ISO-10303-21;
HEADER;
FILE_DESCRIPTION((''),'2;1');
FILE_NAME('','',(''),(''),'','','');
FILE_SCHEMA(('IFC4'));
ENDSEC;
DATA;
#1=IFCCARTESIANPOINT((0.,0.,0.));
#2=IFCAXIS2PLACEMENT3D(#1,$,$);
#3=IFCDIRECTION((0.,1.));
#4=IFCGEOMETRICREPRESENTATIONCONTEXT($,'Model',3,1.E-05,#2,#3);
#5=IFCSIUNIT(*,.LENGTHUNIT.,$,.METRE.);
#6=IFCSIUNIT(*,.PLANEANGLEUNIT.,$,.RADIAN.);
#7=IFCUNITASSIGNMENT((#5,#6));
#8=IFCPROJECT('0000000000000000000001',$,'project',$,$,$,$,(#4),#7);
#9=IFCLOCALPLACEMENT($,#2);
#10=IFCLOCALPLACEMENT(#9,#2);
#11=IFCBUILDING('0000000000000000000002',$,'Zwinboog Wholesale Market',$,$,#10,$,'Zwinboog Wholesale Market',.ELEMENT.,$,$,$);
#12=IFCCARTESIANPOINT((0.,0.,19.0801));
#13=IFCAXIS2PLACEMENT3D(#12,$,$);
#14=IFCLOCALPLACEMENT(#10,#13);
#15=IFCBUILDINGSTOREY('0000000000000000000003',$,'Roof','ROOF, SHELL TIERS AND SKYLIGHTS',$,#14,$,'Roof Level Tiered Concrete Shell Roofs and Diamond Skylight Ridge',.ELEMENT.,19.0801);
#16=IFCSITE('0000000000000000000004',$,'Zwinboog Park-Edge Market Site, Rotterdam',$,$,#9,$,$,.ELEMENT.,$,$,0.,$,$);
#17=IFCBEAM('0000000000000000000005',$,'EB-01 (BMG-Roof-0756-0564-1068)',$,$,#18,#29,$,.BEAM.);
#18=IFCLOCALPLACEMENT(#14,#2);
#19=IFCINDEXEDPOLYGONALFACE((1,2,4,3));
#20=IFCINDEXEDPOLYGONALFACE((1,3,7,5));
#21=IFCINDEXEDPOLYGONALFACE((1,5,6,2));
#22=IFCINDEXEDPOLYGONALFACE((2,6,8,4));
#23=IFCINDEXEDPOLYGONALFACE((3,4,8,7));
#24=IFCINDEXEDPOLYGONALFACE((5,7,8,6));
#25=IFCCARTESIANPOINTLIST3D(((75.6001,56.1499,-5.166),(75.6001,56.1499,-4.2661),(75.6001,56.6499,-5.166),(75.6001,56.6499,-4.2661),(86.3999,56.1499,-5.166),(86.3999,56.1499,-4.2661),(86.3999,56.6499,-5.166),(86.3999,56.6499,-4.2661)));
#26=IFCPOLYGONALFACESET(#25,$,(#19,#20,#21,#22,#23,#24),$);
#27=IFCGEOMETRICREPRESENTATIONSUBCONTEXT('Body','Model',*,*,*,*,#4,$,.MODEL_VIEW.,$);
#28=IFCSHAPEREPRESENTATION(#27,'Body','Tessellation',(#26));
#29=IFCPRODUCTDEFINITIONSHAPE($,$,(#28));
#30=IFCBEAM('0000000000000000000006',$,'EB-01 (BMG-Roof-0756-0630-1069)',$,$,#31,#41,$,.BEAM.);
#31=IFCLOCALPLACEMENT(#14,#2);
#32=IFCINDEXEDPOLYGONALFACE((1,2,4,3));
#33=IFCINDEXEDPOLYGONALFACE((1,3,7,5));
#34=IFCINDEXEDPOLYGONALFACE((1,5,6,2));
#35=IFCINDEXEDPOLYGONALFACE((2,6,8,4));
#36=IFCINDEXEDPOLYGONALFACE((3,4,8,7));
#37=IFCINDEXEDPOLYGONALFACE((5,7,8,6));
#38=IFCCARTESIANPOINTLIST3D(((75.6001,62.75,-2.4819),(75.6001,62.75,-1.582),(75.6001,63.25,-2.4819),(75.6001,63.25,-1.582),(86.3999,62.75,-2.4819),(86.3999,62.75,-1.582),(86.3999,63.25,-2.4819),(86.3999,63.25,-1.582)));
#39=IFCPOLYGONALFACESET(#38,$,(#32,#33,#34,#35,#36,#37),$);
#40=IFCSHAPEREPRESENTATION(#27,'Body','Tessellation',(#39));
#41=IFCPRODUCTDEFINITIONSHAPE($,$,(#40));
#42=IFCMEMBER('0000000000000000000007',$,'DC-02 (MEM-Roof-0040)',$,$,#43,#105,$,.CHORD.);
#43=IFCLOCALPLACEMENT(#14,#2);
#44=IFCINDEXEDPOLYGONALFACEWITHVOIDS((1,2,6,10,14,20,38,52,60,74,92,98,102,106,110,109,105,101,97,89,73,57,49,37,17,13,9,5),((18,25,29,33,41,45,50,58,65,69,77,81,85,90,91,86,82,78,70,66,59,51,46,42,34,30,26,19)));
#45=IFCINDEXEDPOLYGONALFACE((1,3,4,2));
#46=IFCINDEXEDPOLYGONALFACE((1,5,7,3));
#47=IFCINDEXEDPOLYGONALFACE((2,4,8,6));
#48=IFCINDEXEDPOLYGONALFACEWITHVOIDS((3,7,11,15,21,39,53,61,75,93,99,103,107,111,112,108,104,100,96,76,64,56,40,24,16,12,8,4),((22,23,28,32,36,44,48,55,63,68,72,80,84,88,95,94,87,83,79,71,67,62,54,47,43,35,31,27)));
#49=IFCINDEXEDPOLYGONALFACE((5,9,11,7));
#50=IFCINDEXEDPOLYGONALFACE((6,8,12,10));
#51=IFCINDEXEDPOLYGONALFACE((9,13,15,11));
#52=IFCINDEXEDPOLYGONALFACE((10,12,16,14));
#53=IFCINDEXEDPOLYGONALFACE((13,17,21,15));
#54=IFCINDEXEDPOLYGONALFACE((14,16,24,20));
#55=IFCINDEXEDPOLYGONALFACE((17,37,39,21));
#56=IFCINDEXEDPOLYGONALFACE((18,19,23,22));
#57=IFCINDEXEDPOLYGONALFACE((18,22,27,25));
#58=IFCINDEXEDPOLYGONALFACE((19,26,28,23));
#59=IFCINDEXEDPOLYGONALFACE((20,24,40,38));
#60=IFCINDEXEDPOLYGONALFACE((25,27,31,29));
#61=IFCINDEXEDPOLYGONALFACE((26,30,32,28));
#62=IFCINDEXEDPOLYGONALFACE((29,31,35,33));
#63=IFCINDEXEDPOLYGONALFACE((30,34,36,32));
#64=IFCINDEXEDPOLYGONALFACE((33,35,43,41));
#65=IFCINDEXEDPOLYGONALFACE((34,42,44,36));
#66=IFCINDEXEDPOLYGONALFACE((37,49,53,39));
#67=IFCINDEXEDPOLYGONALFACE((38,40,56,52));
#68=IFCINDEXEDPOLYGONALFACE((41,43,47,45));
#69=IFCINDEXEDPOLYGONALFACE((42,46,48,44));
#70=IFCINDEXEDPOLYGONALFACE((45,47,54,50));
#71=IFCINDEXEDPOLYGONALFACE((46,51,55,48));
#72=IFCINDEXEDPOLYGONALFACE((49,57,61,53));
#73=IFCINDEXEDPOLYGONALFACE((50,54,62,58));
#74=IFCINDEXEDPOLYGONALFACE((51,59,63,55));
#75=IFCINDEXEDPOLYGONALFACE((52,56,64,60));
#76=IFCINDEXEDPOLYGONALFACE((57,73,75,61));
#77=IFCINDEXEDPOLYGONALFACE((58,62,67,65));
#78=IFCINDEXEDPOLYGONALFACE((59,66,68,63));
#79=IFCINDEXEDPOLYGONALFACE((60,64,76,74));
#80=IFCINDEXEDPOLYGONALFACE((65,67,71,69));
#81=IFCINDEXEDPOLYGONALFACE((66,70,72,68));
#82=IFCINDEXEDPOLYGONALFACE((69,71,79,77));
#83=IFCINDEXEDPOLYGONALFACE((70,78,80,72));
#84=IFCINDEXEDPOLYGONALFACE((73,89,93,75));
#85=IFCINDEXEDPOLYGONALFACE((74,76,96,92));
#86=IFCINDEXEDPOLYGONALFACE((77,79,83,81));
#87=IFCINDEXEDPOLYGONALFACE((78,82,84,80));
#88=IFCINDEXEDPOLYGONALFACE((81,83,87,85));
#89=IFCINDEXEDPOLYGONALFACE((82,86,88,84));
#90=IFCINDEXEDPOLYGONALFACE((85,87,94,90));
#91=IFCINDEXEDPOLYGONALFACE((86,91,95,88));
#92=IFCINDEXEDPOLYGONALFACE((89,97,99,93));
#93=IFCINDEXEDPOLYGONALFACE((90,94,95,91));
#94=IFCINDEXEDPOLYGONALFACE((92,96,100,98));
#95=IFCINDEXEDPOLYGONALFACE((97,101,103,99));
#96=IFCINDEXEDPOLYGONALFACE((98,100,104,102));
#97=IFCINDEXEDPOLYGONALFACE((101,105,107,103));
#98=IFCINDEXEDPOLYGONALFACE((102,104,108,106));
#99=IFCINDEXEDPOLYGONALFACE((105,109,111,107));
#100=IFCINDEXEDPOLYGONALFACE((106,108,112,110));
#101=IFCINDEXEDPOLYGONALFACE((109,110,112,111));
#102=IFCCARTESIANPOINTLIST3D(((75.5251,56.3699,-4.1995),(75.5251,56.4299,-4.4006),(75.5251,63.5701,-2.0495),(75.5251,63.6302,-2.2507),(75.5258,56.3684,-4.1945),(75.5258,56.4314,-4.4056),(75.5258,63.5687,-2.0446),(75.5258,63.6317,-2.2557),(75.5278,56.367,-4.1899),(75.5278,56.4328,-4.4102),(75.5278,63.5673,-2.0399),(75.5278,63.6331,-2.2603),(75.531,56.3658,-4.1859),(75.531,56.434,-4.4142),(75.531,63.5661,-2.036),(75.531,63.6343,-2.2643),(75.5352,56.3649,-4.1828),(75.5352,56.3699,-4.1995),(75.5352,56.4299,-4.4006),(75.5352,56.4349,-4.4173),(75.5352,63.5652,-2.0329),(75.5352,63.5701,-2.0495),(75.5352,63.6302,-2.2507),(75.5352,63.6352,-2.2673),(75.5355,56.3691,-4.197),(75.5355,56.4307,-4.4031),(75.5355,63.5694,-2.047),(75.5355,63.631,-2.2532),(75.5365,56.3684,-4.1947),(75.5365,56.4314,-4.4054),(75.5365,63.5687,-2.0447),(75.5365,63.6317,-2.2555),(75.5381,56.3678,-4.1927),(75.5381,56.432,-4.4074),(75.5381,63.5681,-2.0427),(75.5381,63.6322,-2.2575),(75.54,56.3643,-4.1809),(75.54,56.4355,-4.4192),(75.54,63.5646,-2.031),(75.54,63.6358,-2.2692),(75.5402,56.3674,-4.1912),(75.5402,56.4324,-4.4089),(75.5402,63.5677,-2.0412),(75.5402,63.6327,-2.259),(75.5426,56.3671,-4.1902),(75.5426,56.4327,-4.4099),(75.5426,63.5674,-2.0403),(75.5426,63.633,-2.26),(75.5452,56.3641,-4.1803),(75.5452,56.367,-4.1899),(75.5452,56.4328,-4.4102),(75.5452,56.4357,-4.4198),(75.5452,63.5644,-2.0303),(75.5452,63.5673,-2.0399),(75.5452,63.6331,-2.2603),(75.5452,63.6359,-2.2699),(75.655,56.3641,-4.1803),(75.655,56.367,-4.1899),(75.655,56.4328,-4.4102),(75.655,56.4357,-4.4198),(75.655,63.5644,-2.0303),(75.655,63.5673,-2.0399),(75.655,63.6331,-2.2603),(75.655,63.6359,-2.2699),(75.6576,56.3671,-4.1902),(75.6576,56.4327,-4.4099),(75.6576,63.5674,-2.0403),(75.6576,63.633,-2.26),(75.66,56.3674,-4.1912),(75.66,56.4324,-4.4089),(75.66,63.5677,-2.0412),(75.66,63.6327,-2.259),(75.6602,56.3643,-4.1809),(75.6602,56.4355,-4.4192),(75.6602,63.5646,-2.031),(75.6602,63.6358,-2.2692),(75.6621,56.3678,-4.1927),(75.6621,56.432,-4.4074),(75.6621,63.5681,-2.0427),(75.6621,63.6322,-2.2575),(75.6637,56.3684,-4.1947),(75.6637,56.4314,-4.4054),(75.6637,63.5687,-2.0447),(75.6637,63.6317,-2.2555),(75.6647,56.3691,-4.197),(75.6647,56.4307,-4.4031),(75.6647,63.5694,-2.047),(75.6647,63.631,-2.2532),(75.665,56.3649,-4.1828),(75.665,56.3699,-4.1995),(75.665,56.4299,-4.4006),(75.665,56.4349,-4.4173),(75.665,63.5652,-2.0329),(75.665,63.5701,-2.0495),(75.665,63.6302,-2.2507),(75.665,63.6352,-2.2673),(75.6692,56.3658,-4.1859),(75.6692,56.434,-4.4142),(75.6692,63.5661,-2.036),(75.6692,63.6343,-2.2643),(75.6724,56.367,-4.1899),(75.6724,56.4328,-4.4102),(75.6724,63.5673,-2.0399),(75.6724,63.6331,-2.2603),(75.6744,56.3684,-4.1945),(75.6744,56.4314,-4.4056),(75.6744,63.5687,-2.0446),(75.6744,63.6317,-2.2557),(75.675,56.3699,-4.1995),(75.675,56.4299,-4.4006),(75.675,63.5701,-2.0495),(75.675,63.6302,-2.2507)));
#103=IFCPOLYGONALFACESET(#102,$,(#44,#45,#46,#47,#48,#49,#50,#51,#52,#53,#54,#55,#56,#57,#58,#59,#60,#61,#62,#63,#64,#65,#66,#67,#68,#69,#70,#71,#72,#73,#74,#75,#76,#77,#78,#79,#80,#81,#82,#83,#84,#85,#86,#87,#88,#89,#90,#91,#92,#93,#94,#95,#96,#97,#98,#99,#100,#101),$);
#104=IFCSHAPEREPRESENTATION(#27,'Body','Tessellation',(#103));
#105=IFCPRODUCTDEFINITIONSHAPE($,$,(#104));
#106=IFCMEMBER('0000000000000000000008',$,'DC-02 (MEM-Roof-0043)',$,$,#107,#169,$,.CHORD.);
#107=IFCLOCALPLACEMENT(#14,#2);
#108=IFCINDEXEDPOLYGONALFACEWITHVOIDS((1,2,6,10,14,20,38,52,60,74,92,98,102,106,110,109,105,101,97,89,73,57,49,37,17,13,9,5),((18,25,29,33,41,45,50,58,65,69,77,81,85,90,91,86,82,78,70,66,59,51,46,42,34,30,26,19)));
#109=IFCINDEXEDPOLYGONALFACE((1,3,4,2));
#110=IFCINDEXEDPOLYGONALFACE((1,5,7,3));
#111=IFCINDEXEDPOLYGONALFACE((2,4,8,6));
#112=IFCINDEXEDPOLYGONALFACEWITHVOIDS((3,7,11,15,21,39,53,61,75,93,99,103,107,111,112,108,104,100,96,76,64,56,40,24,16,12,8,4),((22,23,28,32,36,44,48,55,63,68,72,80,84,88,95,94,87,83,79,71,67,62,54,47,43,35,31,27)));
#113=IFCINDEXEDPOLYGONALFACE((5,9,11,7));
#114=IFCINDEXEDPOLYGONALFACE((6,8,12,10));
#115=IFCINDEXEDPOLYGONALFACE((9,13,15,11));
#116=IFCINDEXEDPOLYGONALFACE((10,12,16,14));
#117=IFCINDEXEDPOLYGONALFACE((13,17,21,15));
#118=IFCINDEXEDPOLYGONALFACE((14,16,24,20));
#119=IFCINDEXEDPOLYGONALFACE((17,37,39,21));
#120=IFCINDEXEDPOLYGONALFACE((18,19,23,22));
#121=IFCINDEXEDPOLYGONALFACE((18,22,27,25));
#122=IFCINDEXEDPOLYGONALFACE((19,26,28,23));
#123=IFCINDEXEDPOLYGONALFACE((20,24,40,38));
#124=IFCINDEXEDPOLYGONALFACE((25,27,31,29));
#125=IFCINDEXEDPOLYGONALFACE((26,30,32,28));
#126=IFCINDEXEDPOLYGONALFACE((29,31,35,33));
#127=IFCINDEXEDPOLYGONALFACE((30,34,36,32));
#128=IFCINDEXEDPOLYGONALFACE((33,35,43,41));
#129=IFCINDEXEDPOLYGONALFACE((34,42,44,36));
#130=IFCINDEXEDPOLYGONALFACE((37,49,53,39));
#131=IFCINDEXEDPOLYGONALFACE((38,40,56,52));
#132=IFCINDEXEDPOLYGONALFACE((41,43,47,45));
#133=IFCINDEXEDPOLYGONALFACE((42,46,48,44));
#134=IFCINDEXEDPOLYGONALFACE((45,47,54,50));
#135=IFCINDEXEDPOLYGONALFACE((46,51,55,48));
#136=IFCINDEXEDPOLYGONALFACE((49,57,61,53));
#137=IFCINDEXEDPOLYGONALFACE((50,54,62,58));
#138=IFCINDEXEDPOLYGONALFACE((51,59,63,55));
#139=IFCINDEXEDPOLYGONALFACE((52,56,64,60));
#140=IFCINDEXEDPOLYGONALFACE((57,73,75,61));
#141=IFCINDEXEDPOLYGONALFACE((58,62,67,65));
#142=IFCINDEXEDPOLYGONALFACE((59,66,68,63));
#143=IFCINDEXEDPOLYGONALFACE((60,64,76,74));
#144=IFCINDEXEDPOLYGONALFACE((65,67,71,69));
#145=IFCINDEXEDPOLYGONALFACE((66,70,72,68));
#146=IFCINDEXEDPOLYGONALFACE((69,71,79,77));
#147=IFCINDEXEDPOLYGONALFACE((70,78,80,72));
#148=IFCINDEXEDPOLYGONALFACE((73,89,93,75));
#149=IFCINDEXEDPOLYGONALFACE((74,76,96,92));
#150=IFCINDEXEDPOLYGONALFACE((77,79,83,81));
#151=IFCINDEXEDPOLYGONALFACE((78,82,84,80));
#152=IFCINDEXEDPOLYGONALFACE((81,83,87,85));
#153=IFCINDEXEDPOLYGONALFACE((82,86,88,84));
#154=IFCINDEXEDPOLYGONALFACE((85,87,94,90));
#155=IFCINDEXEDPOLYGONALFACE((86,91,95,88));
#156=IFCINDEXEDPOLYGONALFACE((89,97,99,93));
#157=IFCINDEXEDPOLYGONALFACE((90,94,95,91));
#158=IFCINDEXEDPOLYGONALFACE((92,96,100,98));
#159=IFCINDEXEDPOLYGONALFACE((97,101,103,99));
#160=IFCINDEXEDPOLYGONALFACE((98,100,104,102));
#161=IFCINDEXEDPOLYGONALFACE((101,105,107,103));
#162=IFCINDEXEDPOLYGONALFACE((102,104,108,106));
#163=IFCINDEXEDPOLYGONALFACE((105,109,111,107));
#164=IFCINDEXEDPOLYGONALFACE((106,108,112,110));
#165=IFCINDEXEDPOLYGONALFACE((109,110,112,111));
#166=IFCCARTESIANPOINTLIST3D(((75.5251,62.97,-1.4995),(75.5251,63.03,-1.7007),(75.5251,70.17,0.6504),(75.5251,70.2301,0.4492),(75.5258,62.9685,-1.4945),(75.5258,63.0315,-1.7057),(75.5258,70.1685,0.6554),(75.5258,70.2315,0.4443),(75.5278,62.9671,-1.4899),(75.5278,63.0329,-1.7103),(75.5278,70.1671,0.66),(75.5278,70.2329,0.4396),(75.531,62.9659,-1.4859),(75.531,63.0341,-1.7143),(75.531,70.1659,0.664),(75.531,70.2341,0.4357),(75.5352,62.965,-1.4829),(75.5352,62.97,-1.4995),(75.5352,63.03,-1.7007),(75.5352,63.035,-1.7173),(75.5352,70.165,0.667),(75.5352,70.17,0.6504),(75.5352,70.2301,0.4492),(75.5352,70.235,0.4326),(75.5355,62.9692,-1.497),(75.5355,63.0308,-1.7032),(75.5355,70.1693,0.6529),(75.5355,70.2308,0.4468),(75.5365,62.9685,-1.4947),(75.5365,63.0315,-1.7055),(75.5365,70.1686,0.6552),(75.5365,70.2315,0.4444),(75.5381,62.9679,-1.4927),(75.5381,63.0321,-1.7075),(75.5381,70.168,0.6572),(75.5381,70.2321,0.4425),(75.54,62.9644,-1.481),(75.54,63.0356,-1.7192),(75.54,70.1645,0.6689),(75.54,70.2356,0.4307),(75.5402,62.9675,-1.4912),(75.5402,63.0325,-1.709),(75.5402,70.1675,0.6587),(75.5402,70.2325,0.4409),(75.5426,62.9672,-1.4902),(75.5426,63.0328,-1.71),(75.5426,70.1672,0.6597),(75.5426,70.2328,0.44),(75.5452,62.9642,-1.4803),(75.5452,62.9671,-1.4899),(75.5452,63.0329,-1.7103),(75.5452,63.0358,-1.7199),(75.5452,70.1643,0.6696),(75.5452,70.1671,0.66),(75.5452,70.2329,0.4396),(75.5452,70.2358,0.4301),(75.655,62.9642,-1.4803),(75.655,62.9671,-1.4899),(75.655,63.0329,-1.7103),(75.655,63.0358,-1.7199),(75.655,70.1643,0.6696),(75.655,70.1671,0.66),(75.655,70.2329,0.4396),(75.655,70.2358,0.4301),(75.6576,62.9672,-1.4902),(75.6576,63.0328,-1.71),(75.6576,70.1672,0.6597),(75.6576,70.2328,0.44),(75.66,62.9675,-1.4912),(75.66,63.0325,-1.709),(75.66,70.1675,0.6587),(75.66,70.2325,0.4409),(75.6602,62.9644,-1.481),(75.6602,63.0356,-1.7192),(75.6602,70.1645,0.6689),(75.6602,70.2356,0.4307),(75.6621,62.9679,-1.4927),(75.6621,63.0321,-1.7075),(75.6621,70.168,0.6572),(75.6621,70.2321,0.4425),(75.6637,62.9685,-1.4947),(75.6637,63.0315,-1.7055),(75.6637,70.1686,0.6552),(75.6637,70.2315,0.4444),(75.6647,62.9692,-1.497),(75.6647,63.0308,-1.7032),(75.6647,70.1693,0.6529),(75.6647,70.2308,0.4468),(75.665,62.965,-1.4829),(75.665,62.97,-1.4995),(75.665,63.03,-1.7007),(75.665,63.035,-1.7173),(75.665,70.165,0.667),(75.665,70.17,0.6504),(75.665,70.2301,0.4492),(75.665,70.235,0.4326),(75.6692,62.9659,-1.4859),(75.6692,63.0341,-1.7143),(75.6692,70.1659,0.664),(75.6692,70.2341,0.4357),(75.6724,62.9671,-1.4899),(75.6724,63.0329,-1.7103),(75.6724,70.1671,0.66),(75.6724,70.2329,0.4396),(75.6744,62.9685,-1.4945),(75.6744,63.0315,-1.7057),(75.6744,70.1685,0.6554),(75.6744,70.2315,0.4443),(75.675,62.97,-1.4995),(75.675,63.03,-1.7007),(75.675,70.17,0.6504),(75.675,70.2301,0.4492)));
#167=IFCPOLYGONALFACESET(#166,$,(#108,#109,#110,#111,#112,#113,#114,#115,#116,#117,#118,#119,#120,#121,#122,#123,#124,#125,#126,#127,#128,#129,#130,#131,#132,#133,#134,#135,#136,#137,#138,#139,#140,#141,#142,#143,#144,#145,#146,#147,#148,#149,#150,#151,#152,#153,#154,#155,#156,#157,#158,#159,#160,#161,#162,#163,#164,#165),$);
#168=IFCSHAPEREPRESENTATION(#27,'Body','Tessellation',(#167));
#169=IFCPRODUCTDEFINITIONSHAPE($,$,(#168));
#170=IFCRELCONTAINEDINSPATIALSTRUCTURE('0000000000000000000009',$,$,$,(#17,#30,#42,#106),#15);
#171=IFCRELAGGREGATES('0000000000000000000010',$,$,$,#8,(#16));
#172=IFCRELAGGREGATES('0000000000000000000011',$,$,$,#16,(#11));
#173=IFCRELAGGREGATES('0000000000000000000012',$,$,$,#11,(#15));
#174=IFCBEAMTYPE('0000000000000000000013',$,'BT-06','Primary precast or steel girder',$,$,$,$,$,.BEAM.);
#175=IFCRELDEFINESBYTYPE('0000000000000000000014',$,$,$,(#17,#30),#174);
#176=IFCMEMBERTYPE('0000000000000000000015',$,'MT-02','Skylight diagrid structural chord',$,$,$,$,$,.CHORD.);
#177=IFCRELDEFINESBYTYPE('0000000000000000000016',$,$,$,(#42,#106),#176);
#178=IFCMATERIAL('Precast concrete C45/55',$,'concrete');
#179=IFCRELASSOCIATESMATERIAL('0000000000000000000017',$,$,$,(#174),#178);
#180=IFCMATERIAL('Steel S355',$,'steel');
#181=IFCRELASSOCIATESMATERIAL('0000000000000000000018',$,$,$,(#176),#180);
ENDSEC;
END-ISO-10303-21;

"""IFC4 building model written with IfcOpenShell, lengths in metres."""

from ifc_helpers import new_model, si_unit, direction, frame, origin, origin_2d, place, context, subcontext, project, spatial, rectangle, hollow_rectangle, extrude, material, material_profile, profile_set, type_object, element, save


model = new_model("IFC4")

# Units and contexts
model_context = context("Model", 3, precision=1e-05, world=origin(), true_north=direction((0.0, 1.0)))
body_context = subcontext(model_context, "Body", "Model", "MODEL_VIEW")
ifc_project = project(units=[si_unit("LENGTHUNIT", "METRE"), si_unit("PLANEANGLEUNIT", "RADIAN")], contexts=[model_context])

# Site, building, storey
site_placement = place(None, origin())
site = spatial("IfcSite", under=ifc_project, at=site_placement, Name="Zwinboog Park-Edge Market Site, Rotterdam", CompositionType="ELEMENT", RefElevation=0.0)
building_placement = place(site_placement, origin())
building = spatial("IfcBuilding", under=site, at=building_placement, Name="Zwinboog Wholesale Market", LongName="Zwinboog Wholesale Market", CompositionType="ELEMENT")
storey_placement = place(building_placement, frame((0.0, 0.0, 19.0801)))
storey = spatial("IfcBuildingStorey", under=building, at=storey_placement, Name="Roof", Description="ROOF, SHELL TIERS AND SKYLIGHTS", LongName="Roof Level Tiered Concrete Shell Roofs and Diamond Skylight Ridge", CompositionType="ELEMENT", Elevation=19.0801)

# Beams
ifc_material_1 = material(Name="Precast concrete C45/55", Category="concrete")
ifc_material_profile_1 = material_profile(ifc_material_1, rectangle(XDim=0.5, YDim=0.8999, at=origin_2d()), Name="PC 500x900")
ifc_profile_set_1 = profile_set([ifc_material_profile_1], Name="Precast concrete C45/55")
beam_type = type_object("IfcBeamType", Name="BT-06", Description="Primary precast or steel girder", PredefinedType="BEAM", material=ifc_profile_set_1)
for number, where, z_axis, x_axis, name in (
    (1, (75.6001, 56.3999, -4.7161), (1.0, 0.0, 0.0), (0.0, 1.0, 0.0), "EB-01 (BMG-Roof-0756-0564-1068)"),
    (2, (75.6001, 63.0, -2.032), (1.0, 0.0, 0.0), (0.0, 1.0, 0.0), "EB-01 (BMG-Roof-0756-0630-1069)"),
):
    element("IfcBeam", number, at=place(storey_placement, frame(where, z_axis=z_axis, x_axis=x_axis)), inside=storey, type_object=beam_type, Name=name, PredefinedType="BEAM", context=body_context, shape_type="SweptSolid", body=[
        extrude(rectangle(XDim=0.5, YDim=0.8999, at=origin_2d()), origin(), (0.0, 0.0, 1.0), 10.7998),
    ])

# Members
ifc_material_2 = material(Name="Steel S355", Category="steel")
ifc_material_profile_2 = material_profile(ifc_material_2, hollow_rectangle(XDim=0.1499, YDim=0.25, WallThickness=0.01, InnerFilletRadius=0.01, OuterFilletRadius=0.02, at=origin_2d()), Name="RHS 250x150x10")
ifc_profile_set_2 = profile_set([ifc_material_profile_2], Name="Steel S355")
member_type_1 = type_object("IfcMemberType", Name="MT-02", Description="Skylight diagrid structural chord", PredefinedType="CHORD", material=ifc_profile_set_2)
member_1_placement = place(storey_placement, frame((75.6001, 56.3999, -4.3), z_axis=(0.0, 0.958197, 0.286108), x_axis=(-1.0, 0.0, 0.0)))
element("IfcMember", 3, at=member_1_placement, inside=storey, type_object=member_type_1, Name="DC-02 (MEM-Roof-0040)", PredefinedType="CHORD", context=body_context, shape_type="SweptSolid", body=[
    extrude(hollow_rectangle(XDim=0.1499, YDim=0.25, WallThickness=0.01, InnerFilletRadius=0.01, OuterFilletRadius=0.02, at=origin_2d()), origin(), (0.0, 0.0, 1.0), 7.5144),
])
member_2_placement = place(storey_placement, frame((75.6001, 63.0, -1.6001), z_axis=(0.0, 0.958195, 0.286117), x_axis=(-1.0, 0.0, 0.0)))
element("IfcMember", 4, at=member_2_placement, inside=storey, type_object=member_type_1, Name="DC-02 (MEM-Roof-0043)", PredefinedType="CHORD", context=body_context, shape_type="SweptSolid", body=[
    extrude(hollow_rectangle(XDim=0.1499, YDim=0.25, WallThickness=0.01, InnerFilletRadius=0.01, OuterFilletRadius=0.02, at=origin_2d()), origin(), (0.0, 0.0, 1.0), 7.5142),
])

save(model, "model.ifc")
